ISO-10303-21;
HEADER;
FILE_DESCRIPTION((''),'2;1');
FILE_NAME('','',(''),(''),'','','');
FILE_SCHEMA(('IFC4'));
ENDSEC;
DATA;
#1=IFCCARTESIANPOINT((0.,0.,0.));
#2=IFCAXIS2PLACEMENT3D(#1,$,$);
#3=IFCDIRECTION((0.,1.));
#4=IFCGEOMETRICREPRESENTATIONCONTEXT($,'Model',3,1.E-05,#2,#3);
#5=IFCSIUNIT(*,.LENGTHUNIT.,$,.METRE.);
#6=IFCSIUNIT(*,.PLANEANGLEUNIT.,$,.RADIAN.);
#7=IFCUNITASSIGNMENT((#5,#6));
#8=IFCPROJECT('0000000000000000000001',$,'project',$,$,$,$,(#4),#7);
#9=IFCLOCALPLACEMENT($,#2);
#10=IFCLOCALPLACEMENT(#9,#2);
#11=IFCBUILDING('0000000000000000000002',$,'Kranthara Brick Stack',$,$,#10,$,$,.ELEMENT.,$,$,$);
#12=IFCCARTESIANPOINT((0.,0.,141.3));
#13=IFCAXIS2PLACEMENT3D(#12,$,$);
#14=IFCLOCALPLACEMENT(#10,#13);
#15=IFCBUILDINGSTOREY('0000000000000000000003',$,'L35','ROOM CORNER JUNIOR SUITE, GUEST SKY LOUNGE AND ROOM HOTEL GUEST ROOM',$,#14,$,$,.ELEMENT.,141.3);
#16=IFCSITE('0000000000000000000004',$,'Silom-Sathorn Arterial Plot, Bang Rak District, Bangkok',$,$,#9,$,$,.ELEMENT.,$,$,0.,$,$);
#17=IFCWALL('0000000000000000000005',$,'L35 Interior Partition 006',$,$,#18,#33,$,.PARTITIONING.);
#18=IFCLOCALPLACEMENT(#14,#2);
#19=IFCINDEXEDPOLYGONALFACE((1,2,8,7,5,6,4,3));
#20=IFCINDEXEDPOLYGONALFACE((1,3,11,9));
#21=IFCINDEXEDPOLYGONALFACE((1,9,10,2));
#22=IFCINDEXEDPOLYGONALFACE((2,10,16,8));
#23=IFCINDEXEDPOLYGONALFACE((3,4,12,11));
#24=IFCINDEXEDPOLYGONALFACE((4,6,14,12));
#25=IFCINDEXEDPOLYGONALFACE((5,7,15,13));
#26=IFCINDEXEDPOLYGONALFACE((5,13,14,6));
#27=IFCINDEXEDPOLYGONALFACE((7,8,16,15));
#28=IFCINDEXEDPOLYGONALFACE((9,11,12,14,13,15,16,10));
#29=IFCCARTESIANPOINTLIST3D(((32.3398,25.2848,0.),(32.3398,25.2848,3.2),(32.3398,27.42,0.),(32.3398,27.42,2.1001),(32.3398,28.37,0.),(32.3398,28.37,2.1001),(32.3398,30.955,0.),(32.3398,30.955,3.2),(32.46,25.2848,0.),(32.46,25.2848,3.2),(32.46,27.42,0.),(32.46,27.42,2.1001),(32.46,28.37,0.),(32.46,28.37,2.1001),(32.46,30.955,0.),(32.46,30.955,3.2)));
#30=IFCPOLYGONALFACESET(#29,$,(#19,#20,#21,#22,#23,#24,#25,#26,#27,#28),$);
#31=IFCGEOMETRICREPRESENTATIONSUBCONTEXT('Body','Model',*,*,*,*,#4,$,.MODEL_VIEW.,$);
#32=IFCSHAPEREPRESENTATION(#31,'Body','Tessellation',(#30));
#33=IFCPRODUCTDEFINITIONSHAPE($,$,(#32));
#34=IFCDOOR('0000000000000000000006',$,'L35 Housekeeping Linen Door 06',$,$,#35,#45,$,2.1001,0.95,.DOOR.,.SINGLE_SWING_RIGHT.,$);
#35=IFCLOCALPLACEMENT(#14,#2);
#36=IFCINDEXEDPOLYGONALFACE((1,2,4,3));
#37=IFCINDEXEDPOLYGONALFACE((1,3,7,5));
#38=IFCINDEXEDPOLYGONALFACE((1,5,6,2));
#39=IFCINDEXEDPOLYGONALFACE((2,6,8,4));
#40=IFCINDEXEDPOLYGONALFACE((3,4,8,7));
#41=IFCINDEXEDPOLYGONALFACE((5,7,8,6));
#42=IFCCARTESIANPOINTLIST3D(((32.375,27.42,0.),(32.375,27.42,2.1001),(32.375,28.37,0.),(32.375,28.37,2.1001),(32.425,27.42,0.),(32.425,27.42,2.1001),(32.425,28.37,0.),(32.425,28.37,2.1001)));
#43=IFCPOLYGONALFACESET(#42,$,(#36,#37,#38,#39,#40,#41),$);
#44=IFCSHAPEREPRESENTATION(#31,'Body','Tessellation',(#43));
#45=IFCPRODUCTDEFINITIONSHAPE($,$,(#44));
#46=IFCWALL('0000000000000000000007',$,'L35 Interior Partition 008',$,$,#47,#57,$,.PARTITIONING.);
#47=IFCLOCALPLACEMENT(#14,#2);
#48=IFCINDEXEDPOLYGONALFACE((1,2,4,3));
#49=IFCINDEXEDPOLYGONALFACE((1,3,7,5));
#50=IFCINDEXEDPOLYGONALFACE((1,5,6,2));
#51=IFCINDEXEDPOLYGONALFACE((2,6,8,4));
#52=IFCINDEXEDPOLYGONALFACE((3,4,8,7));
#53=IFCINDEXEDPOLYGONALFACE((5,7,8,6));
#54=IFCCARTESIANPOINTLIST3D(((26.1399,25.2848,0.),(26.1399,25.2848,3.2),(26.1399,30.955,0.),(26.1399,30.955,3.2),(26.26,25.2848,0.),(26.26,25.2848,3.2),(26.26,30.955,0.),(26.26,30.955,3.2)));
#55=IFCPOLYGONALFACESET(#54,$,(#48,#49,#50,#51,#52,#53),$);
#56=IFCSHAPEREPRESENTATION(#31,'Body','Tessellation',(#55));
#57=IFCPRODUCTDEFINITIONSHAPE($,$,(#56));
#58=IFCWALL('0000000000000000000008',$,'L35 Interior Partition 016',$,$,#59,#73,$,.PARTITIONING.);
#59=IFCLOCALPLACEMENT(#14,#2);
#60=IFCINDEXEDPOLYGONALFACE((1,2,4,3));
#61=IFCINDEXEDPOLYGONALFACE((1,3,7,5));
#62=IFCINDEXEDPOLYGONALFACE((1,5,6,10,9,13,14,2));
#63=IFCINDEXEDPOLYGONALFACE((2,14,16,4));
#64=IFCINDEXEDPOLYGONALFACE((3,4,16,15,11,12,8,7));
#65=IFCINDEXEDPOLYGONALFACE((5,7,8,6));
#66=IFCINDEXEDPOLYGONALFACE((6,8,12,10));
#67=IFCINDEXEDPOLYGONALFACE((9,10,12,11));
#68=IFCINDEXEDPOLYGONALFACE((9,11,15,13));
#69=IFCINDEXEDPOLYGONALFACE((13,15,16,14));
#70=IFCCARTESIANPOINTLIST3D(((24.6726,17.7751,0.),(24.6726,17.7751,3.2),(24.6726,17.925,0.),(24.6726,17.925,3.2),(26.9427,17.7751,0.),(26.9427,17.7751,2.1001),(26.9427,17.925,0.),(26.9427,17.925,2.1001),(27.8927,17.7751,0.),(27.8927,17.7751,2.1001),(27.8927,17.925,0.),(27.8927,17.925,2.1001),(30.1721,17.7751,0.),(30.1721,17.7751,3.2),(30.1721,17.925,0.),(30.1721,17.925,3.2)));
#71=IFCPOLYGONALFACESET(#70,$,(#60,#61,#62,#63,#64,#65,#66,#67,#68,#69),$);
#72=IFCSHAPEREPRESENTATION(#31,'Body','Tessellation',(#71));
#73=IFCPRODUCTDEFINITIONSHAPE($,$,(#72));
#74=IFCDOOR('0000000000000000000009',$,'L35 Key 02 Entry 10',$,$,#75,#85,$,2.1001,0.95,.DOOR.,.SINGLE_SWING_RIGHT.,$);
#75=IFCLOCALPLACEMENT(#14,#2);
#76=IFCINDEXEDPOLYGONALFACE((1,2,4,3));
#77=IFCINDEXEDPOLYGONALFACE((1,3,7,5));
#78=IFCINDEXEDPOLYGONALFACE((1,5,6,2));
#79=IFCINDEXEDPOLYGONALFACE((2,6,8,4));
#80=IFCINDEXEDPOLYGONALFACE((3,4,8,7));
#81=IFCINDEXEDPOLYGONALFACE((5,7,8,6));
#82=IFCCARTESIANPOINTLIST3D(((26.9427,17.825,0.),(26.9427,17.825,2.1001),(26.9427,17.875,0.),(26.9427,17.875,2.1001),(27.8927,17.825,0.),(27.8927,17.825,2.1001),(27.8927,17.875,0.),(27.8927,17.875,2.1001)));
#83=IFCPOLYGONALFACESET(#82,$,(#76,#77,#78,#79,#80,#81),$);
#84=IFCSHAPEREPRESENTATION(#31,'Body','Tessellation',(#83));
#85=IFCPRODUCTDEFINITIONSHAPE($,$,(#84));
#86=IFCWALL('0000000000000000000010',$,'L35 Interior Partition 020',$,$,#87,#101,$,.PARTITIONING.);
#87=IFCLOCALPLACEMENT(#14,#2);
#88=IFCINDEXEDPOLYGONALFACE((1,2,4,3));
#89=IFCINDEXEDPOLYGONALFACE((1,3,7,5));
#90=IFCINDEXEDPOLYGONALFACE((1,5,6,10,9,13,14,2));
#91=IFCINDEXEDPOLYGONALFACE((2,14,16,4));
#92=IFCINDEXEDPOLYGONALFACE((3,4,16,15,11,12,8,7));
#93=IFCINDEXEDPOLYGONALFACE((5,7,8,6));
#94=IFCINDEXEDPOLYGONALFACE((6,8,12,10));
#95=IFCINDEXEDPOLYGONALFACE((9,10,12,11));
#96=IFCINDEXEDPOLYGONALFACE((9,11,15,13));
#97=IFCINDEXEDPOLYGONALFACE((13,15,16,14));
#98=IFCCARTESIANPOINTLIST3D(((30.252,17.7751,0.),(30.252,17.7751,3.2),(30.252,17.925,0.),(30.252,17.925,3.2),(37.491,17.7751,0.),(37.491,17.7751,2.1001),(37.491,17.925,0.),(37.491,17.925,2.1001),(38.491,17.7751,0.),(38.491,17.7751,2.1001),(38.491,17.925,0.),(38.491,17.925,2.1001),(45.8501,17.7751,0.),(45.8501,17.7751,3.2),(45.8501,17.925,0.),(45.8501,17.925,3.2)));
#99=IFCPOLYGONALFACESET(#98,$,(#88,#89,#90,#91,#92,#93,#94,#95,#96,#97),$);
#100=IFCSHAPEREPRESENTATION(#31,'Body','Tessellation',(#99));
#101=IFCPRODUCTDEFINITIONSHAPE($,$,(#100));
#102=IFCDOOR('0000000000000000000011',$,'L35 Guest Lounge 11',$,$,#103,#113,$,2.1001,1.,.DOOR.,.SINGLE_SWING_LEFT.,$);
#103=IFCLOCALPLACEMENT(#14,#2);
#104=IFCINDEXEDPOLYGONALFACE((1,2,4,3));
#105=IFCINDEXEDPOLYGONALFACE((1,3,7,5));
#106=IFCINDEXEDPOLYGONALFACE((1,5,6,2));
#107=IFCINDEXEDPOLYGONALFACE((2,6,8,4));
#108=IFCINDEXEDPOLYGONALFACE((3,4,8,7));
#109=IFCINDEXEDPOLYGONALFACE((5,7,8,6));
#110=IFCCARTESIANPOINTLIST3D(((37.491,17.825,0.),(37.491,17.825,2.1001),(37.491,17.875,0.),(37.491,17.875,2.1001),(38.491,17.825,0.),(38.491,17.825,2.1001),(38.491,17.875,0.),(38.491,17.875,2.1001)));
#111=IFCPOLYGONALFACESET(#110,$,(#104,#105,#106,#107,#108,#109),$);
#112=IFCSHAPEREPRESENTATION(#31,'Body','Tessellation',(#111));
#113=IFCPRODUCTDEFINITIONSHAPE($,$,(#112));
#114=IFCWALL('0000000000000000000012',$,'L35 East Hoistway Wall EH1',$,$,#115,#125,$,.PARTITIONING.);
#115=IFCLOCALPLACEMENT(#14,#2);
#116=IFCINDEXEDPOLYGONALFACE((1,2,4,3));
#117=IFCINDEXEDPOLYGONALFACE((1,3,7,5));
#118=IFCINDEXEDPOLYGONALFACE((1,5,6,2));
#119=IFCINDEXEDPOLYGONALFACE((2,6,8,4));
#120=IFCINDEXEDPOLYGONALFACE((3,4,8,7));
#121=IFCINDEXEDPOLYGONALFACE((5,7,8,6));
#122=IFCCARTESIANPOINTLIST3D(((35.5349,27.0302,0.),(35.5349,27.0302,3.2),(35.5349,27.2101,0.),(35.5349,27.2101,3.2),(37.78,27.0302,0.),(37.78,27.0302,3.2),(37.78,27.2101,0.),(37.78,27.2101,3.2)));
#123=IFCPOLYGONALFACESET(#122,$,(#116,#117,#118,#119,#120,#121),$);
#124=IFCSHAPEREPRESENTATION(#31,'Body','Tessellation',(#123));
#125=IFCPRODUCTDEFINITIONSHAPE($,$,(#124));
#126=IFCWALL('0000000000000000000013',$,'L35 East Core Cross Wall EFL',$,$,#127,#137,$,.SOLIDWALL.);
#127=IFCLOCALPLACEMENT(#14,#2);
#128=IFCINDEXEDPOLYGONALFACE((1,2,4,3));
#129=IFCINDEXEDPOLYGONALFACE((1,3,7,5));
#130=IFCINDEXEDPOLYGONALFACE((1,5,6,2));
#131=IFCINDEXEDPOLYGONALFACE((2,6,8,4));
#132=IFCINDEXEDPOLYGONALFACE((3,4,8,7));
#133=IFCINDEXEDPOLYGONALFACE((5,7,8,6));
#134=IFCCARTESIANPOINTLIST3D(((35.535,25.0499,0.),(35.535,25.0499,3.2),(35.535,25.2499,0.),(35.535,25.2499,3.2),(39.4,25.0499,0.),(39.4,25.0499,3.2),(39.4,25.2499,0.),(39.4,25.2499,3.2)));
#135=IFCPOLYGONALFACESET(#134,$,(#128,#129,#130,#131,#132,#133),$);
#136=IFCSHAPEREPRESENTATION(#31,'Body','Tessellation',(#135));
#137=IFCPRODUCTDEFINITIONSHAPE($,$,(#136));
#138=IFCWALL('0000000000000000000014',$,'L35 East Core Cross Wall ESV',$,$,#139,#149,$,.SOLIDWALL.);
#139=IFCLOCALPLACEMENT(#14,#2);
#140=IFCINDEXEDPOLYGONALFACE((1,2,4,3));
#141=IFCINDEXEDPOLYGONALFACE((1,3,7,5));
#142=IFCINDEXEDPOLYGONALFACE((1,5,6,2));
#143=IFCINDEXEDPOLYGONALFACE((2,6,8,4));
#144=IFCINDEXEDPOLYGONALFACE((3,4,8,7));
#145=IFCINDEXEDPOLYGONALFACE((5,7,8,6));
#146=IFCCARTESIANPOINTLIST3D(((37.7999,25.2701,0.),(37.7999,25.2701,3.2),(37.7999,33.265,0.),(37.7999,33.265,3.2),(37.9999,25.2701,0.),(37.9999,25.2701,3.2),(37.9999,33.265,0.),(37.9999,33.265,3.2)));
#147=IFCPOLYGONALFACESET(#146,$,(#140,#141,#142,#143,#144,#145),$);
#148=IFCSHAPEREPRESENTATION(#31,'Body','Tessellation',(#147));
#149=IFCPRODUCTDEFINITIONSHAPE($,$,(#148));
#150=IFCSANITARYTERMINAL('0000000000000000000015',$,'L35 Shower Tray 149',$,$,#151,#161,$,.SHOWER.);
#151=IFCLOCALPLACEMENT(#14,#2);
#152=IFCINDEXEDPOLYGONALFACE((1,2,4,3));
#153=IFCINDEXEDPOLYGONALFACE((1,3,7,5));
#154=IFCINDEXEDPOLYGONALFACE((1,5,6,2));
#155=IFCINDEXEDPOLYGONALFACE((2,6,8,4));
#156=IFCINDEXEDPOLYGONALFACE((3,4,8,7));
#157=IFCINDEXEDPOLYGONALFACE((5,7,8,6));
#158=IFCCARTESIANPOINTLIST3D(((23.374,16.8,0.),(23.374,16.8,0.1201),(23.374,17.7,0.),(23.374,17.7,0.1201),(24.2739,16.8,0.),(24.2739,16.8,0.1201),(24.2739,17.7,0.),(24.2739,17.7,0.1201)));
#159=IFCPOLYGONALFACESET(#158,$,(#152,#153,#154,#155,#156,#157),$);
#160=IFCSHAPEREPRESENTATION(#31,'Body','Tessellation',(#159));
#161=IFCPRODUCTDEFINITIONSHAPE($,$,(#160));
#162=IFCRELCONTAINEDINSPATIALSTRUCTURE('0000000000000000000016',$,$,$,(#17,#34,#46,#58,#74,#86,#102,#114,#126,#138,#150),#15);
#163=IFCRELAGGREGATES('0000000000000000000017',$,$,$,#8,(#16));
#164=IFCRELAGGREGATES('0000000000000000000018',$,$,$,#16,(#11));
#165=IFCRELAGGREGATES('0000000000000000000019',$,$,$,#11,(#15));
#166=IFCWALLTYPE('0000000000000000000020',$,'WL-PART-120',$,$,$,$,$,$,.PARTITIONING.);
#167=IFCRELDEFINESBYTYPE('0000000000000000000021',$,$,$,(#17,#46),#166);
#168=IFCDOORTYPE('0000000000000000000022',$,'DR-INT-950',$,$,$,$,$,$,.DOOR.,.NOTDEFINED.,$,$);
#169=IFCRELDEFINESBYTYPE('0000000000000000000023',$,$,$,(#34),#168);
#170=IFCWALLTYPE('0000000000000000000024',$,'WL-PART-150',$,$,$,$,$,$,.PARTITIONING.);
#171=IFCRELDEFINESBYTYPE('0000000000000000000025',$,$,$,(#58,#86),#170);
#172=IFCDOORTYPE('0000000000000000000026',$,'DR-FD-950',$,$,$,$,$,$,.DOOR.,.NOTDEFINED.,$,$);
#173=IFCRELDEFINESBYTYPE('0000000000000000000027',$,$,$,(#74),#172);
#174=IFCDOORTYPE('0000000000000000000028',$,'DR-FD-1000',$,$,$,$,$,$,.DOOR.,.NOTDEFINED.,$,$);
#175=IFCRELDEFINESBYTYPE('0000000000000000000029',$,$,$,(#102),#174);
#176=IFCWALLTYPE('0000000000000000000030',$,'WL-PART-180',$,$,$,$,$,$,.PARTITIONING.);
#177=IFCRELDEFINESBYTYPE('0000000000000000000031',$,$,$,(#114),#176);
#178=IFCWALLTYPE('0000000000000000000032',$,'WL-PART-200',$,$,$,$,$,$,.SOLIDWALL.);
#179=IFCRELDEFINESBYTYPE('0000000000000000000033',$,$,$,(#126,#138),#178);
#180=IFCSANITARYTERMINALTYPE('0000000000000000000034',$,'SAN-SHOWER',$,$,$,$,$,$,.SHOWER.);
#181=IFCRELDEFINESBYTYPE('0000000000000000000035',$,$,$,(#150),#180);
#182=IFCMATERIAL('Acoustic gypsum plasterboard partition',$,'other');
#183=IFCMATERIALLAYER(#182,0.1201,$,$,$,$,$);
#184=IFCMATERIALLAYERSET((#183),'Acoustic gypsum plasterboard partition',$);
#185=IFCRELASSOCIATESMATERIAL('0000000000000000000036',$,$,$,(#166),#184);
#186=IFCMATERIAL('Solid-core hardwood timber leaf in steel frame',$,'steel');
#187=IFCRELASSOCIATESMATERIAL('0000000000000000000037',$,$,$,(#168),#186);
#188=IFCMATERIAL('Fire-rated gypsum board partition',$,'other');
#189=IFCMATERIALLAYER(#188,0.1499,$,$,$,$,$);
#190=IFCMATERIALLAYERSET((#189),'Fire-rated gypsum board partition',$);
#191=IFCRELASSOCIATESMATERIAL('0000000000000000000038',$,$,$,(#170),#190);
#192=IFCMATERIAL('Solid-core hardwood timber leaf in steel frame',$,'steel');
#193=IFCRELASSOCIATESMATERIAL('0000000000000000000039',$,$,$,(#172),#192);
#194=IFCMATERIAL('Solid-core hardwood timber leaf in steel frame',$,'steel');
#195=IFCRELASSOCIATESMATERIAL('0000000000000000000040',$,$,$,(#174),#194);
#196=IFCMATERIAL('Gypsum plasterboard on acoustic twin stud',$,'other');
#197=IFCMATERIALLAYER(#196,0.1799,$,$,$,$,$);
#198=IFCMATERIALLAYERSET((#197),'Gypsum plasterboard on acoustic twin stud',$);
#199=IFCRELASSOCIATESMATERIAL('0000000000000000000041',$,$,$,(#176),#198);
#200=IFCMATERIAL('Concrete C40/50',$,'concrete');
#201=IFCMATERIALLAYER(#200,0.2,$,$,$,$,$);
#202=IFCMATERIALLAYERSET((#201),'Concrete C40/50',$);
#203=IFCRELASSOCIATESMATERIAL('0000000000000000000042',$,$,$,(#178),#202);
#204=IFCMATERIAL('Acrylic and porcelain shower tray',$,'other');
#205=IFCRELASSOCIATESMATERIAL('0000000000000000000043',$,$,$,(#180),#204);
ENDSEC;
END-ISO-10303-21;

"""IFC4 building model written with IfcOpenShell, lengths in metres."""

from ifc_helpers import new_model, si_unit, direction, frame, frame_2d, origin, origin_2d, place, context, subcontext, project, spatial, rectangle, extrude, material, layer, layer_set, type_object, element, fill, save


model = new_model("IFC4")

# Units and contexts
model_context = context("Model", 3, precision=1e-05, world=origin(), true_north=direction((0.0, 1.0)))
body_context = subcontext(model_context, "Body", "Model", "MODEL_VIEW")
ifc_project = project(units=[si_unit("LENGTHUNIT", "METRE"), si_unit("PLANEANGLEUNIT", "RADIAN")], contexts=[model_context])

# Site, building, storey
site_placement = place(None, origin())
site = spatial("IfcSite", under=ifc_project, at=site_placement, Name="Silom-Sathorn Arterial Plot, Bang Rak District, Bangkok", CompositionType="ELEMENT", RefElevation=0.0)
building_placement = place(site_placement, origin())
building = spatial("IfcBuilding", under=site, at=building_placement, Name="Kranthara Brick Stack", CompositionType="ELEMENT")
storey_placement = place(building_placement, frame((0.0, 0.0, 141.3)))
storey = spatial("IfcBuildingStorey", under=building, at=storey_placement, Name="L35", Description="ROOM CORNER JUNIOR SUITE, GUEST SKY LOUNGE AND ROOM HOTEL GUEST ROOM", CompositionType="ELEMENT", Elevation=141.3)

# Wall, opening, door
ifc_material_1 = material(Name="Acoustic gypsum plasterboard partition", Category="other")
ifc_layer_1 = layer(ifc_material_1, 0.1201)
ifc_layer_set_1 = layer_set([ifc_layer_1], Name="Acoustic gypsum plasterboard partition")
wall_type_1 = type_object("IfcWallType", Name="WL-PART-120", PredefinedType="PARTITIONING", material=ifc_layer_set_1)
wall_1_placement = place(storey_placement, frame((32.3999, 25.2849, 0.0), z_axis=(0.0, 0.0, 1.0), x_axis=(0.0, 1.0, 0.0)))
wall_1 = element("IfcWall", 1, at=wall_1_placement, inside=storey, type_object=wall_type_1, Name="L35 Interior Partition 006", PredefinedType="PARTITIONING", context=body_context, shape_type="SweptSolid", body=[
    extrude(rectangle(XDim=5.6702, YDim=0.1201, at=frame_2d((2.835, 0.0))), origin(), (0.0, 0.0, 1.0), 3.2),
])
opening_1_placement = place(wall_1_placement, frame((2.135, 0.0, 0.0)))
opening_1 = element("IfcOpeningElement", 2, at=opening_1_placement, cuts=wall_1, PredefinedType="OPENING", context=body_context, shape_type="SweptSolid", body=[
    extrude(rectangle(XDim=0.95, YDim=2.1001, at=frame_2d((0.4751, 1.05))), frame((0.0, 0.0701, 0.0), z_axis=(0.0, -1.0, 0.0), x_axis=(1.0, 0.0, 0.0)), (0.0, 0.0, 1.0), 0.1401),
])
ifc_material_2 = material(Name="Solid-core hardwood timber leaf in steel frame", Category="steel")
door_type_1 = type_object("IfcDoorType", Name="DR-INT-950", OperationType="NOTDEFINED", PredefinedType="DOOR", material=ifc_material_2)
door_1_placement = place(opening_1_placement, origin())
door_1 = element("IfcDoor", 3, at=door_1_placement, inside=storey, type_object=door_type_1, Name="L35 Housekeeping Linen Door 06", OperationType="SINGLE_SWING_RIGHT", OverallHeight=2.1001, OverallWidth=0.95, PredefinedType="DOOR", context=body_context, shape_type="SweptSolid", body=[
    extrude(rectangle(XDim=0.95, YDim=2.1001, at=frame_2d((0.4751, 1.05))), frame((0.0, 0.0249, 0.0), z_axis=(0.0, -1.0, 0.0), x_axis=(1.0, 0.0, 0.0)), (0.0, 0.0, 1.0), 0.05),
])
fill(opening_1, door_1)

# Wall
wall_2_placement = place(storey_placement, frame((26.2, 25.2849, 0.0), z_axis=(0.0, 0.0, 1.0), x_axis=(0.0, 1.0, 0.0)))
element("IfcWall", 4, at=wall_2_placement, inside=storey, type_object=wall_type_1, Name="L35 Interior Partition 008", PredefinedType="PARTITIONING", context=body_context, shape_type="SweptSolid", body=[
    extrude(rectangle(XDim=5.6702, YDim=0.1201, at=frame_2d((2.835, 0.0))), origin(), (0.0, 0.0, 1.0), 3.2),
])

# Walls, openings, doors
ifc_material_3 = material(Name="Fire-rated gypsum board partition", Category="other")
ifc_layer_2 = layer(ifc_material_3, 0.1499)
ifc_layer_set_2 = layer_set([ifc_layer_2], Name="Fire-rated gypsum board partition")
wall_type_2 = type_object("IfcWallType", Name="WL-PART-150", PredefinedType="PARTITIONING", material=ifc_layer_set_2)
wall_3_placement = place(storey_placement, frame((24.6726, 17.8501, 0.0), z_axis=(0.0, 0.0, 1.0), x_axis=(1.0, 0.0, 0.0)))
wall_3 = element("IfcWall", 5, at=wall_3_placement, inside=storey, type_object=wall_type_2, Name="L35 Interior Partition 016", PredefinedType="PARTITIONING", context=body_context, shape_type="SweptSolid", body=[
    extrude(rectangle(XDim=5.4995, YDim=0.1499, at=frame_2d((2.7498, 0.0))), origin(), (0.0, 0.0, 1.0), 3.2),
])
opening_2_placement = place(wall_3_placement, frame((2.27, 0.0, 0.0)))
opening_2 = element("IfcOpeningElement", 6, at=opening_2_placement, cuts=wall_3, PredefinedType="OPENING", context=body_context, shape_type="SweptSolid", body=[
    extrude(rectangle(XDim=0.95, YDim=2.1001, at=frame_2d((0.4751, 1.05))), frame((0.0, 0.085, 0.0), z_axis=(0.0, -1.0, 0.0), x_axis=(1.0, 0.0, 0.0)), (0.0, 0.0, 1.0), 0.1699),
])
ifc_material_4 = material(Name="Solid-core hardwood timber leaf in steel frame", Category="steel")
door_type_2 = type_object("IfcDoorType", Name="DR-FD-950", OperationType="NOTDEFINED", PredefinedType="DOOR", material=ifc_material_4)
door_2_placement = place(opening_2_placement, origin())
door_2 = element("IfcDoor", 7, at=door_2_placement, inside=storey, type_object=door_type_2, Name="L35 Key 02 Entry 10", OperationType="SINGLE_SWING_RIGHT", OverallHeight=2.1001, OverallWidth=0.95, PredefinedType="DOOR", context=body_context, shape_type="SweptSolid", body=[
    extrude(rectangle(XDim=0.95, YDim=2.1001, at=frame_2d((0.4751, 1.05))), frame((0.0, 0.0249, 0.0), z_axis=(0.0, -1.0, 0.0), x_axis=(1.0, 0.0, 0.0)), (0.0, 0.0, 1.0), 0.05),
])
fill(opening_2, door_2)
wall_4_placement = place(storey_placement, frame((30.252, 17.8501, 0.0), z_axis=(0.0, 0.0, 1.0), x_axis=(1.0, 0.0, 0.0)))
wall_4 = element("IfcWall", 8, at=wall_4_placement, inside=storey, type_object=wall_type_2, Name="L35 Interior Partition 020", PredefinedType="PARTITIONING", context=body_context, shape_type="SweptSolid", body=[
    extrude(rectangle(XDim=15.5981, YDim=0.1499, at=frame_2d((7.7991, 0.0))), origin(), (0.0, 0.0, 1.0), 3.2),
])
opening_3_placement = place(wall_4_placement, frame((7.239, 0.0, 0.0)))
opening_3 = element("IfcOpeningElement", 9, at=opening_3_placement, cuts=wall_4, PredefinedType="OPENING", context=body_context, shape_type="SweptSolid", body=[
    extrude(rectangle(XDim=1.0, YDim=2.1001, at=frame_2d((0.5, 1.05))), frame((0.0, 0.085, 0.0), z_axis=(0.0, -1.0, 0.0), x_axis=(1.0, 0.0, 0.0)), (0.0, 0.0, 1.0), 0.1699),
])
ifc_material_5 = material(Name="Solid-core hardwood timber leaf in steel frame", Category="steel")
door_type_3 = type_object("IfcDoorType", Name="DR-FD-1000", OperationType="NOTDEFINED", PredefinedType="DOOR", material=ifc_material_5)
door_3_placement = place(opening_3_placement, origin())
door_3 = element("IfcDoor", 10, at=door_3_placement, inside=storey, type_object=door_type_3, Name="L35 Guest Lounge 11", OperationType="SINGLE_SWING_LEFT", OverallHeight=2.1001, OverallWidth=1.0, PredefinedType="DOOR", context=body_context, shape_type="SweptSolid", body=[
    extrude(rectangle(XDim=1.0, YDim=2.1001, at=frame_2d((0.5, 1.05))), frame((0.0, 0.0249, 0.0), z_axis=(0.0, -1.0, 0.0), x_axis=(1.0, 0.0, 0.0)), (0.0, 0.0, 1.0), 0.05),
])
fill(opening_3, door_3)

# Walls
ifc_material_6 = material(Name="Gypsum plasterboard on acoustic twin stud", Category="other")
ifc_layer_3 = layer(ifc_material_6, 0.1799)
ifc_layer_set_3 = layer_set([ifc_layer_3], Name="Gypsum plasterboard on acoustic twin stud")
wall_type_3 = type_object("IfcWallType", Name="WL-PART-180", PredefinedType="PARTITIONING", material=ifc_layer_set_3)
wall_5_placement = place(storey_placement, frame((35.5349, 27.1201, 0.0), z_axis=(0.0, 0.0, 1.0), x_axis=(1.0, 0.0, 0.0)))
element("IfcWall", 11, at=wall_5_placement, inside=storey, type_object=wall_type_3, Name="L35 East Hoistway Wall EH1", PredefinedType="PARTITIONING", context=body_context, shape_type="SweptSolid", body=[
    extrude(rectangle(XDim=2.2451, YDim=0.1799, at=frame_2d((1.1226, 0.0))), origin(), (0.0, 0.0, 1.0), 3.2),
])
ifc_material_7 = material(Name="Concrete C40/50", Category="concrete")
ifc_layer_4 = layer(ifc_material_7, 0.2)
ifc_layer_set_4 = layer_set([ifc_layer_4], Name="Concrete C40/50")
wall_type_4 = type_object("IfcWallType", Name="WL-PART-200", PredefinedType="SOLIDWALL", material=ifc_layer_set_4)
wall_6_placement = place(storey_placement, frame((35.5349, 25.1499, 0.0), z_axis=(0.0, 0.0, 1.0), x_axis=(1.0, 0.0, 0.0)))
element("IfcWall", 12, at=wall_6_placement, inside=storey, type_object=wall_type_4, Name="L35 East Core Cross Wall EFL", PredefinedType="SOLIDWALL", context=body_context, shape_type="SweptSolid", body=[
    extrude(rectangle(XDim=3.865, YDim=0.2, at=frame_2d((1.9326, 0.0))), origin(), (0.0, 0.0, 1.0), 3.2),
])
wall_7_placement = place(storey_placement, frame((37.8999, 25.27, 0.0), z_axis=(0.0, 0.0, 1.0), x_axis=(0.0, 1.0, 0.0)))
element("IfcWall", 13, at=wall_7_placement, inside=storey, type_object=wall_type_4, Name="L35 East Core Cross Wall ESV", PredefinedType="SOLIDWALL", context=body_context, shape_type="SweptSolid", body=[
    extrude(rectangle(XDim=7.9949, YDim=0.2, at=frame_2d((3.9976, 0.0))), origin(), (0.0, 0.0, 1.0), 3.2),
])

# Sanitary terminal
ifc_material_8 = material(Name="Acrylic and porcelain shower tray", Category="other")
sanitary_terminal_type = type_object("IfcSanitaryTerminalType", Name="SAN-SHOWER", PredefinedType="SHOWER", material=ifc_material_8)
sanitary_terminal_placement = place(storey_placement, frame((23.824, 17.25, 0.0), z_axis=(0.0, 0.0, 1.0), x_axis=(1.0, 0.0, 0.0)))
element("IfcSanitaryTerminal", 14, at=sanitary_terminal_placement, inside=storey, type_object=sanitary_terminal_type, Name="L35 Shower Tray 149", PredefinedType="SHOWER", context=body_context, shape_type="SweptSolid", body=[
    extrude(rectangle(XDim=0.8999, YDim=0.8999, at=origin_2d()), origin(), (0.0, 0.0, 1.0), 0.1201),
])

save(model, "model.ifc")
